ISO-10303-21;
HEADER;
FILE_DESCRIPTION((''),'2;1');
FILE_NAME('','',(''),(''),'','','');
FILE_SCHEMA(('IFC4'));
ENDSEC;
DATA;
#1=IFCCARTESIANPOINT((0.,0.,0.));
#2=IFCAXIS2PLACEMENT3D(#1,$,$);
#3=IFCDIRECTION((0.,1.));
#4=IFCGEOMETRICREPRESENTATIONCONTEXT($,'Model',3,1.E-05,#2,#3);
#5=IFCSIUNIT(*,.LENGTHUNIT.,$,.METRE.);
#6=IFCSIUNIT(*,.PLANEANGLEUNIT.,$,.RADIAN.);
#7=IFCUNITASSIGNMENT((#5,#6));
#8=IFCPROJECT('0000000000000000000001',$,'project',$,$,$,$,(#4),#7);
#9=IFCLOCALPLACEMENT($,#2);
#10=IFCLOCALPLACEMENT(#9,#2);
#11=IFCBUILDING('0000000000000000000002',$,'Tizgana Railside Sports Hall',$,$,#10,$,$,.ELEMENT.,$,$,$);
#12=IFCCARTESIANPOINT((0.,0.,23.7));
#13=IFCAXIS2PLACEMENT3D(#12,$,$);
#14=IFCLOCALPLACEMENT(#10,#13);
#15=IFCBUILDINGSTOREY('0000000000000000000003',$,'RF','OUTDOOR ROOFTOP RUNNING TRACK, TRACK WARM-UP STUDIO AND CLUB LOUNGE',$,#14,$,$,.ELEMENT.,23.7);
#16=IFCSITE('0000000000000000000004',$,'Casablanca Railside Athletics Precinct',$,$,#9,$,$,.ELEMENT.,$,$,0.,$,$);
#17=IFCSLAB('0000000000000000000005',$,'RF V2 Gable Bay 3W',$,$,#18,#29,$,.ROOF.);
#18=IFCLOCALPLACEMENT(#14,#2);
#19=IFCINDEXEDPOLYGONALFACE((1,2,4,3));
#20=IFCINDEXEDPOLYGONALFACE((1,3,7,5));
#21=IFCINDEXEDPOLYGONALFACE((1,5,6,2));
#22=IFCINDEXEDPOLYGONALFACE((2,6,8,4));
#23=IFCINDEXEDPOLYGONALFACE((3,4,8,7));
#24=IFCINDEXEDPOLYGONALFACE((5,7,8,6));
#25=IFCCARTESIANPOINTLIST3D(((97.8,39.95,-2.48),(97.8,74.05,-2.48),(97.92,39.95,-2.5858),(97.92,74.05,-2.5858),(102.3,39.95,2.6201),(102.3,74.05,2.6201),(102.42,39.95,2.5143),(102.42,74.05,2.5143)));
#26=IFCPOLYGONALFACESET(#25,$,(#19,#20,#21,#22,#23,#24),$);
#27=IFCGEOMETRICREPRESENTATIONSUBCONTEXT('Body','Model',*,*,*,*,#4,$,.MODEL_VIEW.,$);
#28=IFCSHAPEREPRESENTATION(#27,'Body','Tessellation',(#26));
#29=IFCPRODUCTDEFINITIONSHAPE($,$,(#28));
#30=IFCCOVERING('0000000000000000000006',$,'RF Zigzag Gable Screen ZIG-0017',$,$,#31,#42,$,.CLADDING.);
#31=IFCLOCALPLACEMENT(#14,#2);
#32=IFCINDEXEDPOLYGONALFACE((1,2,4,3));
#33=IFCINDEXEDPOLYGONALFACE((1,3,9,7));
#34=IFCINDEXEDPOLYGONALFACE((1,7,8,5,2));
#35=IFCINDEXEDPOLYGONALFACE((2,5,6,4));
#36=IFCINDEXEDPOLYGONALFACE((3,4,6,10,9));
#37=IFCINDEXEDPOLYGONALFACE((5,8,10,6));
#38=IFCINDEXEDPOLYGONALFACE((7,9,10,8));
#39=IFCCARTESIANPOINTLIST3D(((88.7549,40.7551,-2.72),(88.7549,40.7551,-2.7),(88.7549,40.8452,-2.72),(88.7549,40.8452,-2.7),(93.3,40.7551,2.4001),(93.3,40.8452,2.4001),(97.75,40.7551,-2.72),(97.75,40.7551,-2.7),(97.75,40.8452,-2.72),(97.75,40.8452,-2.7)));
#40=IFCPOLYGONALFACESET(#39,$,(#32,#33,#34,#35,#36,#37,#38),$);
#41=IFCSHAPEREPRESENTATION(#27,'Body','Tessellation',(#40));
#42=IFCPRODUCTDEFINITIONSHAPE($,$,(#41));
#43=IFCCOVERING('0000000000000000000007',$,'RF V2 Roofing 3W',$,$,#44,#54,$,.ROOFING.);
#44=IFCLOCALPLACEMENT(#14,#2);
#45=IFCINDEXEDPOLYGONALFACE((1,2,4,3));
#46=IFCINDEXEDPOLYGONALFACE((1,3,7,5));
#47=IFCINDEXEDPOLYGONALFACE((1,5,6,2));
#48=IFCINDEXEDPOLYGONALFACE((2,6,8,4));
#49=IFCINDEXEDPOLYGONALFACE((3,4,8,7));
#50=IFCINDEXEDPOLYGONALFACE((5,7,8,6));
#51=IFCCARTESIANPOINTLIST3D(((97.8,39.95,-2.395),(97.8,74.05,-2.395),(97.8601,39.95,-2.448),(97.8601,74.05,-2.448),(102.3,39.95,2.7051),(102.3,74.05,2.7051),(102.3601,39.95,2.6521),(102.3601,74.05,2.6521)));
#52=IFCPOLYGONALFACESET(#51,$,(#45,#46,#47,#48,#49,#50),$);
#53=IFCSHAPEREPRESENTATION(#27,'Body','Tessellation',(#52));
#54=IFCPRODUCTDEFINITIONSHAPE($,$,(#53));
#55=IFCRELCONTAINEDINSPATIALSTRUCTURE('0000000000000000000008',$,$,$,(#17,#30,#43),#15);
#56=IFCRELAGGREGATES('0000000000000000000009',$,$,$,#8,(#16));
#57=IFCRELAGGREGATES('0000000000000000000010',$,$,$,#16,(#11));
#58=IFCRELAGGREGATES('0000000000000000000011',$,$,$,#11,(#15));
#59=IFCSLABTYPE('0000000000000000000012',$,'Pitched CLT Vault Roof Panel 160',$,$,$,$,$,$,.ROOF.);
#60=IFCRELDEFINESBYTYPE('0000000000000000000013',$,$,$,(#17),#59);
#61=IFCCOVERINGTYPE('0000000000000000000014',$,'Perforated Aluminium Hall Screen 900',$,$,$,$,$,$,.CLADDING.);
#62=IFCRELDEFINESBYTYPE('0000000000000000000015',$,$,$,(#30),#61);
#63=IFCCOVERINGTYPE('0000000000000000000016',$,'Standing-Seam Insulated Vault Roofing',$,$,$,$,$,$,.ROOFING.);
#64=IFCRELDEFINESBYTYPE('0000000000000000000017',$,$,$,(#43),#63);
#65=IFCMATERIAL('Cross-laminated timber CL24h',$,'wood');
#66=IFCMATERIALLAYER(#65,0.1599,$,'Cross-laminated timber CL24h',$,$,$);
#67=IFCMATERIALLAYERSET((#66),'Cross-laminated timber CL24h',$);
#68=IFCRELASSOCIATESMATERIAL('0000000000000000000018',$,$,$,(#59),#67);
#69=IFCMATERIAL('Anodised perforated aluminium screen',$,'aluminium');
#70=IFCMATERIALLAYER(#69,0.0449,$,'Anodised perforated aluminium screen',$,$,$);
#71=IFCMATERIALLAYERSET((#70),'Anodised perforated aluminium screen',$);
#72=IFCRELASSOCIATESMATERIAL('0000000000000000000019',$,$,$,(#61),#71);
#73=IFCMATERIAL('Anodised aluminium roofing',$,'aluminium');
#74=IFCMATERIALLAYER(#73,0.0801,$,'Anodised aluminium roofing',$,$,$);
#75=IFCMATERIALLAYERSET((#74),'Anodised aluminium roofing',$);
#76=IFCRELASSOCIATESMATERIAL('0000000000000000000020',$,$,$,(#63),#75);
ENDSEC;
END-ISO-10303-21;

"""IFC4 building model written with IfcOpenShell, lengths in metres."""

from ifc_helpers import new_model, si_unit, direction, frame, origin, place, context, subcontext, project, spatial, polyline, outline, extrude, material, layer, layer_set, type_object, element, save


model = new_model("IFC4")

# Units and contexts
model_context = context("Model", 3, precision=1e-05, world=origin(), true_north=direction((0.0, 1.0)))
body_context = subcontext(model_context, "Body", "Model", "MODEL_VIEW")
ifc_project = project(units=[si_unit("LENGTHUNIT", "METRE"), si_unit("PLANEANGLEUNIT", "RADIAN")], contexts=[model_context])

# Site, building, storey
site_placement = place(None, origin())
site = spatial("IfcSite", under=ifc_project, at=site_placement, Name="Casablanca Railside Athletics Precinct", CompositionType="ELEMENT", RefElevation=0.0)
building_placement = place(site_placement, origin())
building = spatial("IfcBuilding", under=site, at=building_placement, Name="Tizgana Railside Sports Hall", CompositionType="ELEMENT")
storey_placement = place(building_placement, frame((0.0, 0.0, 23.7)))
storey = spatial("IfcBuildingStorey", under=building, at=storey_placement, Name="RF", Description="OUTDOOR ROOFTOP RUNNING TRACK, TRACK WARM-UP STUDIO AND CLUB LOUNGE", CompositionType="ELEMENT", Elevation=23.7)

# Slab
ifc_material_1 = material(Name="Cross-laminated timber CL24h", Category="wood")
ifc_layer_1 = layer(ifc_material_1, 0.1599, Name="Cross-laminated timber CL24h")
ifc_layer_set_1 = layer_set([ifc_layer_1], Name="Cross-laminated timber CL24h")
slab_type = type_object("IfcSlabType", Name="Pitched CLT Vault Roof Panel 160", PredefinedType="ROOF", material=ifc_layer_set_1)
slab_placement = place(storey_placement, frame((97.8, 39.95, -2.48), z_axis=(-0.749844, 0.0, 0.661615), x_axis=(0.661615, 0.0, 0.749844)))
element("IfcSlab", 1, at=slab_placement, inside=storey, type_object=slab_type, Name="RF V2 Gable Bay 3W", PredefinedType="ROOF", context=body_context, shape_type="SweptSolid", body=[
    extrude(outline(polyline([(0.0, 0.0), (6.8015, 0.0), (6.8015, 34.1001), (0.0, 34.1001), (0.0, 0.0)])), origin(), (0.0, 0.0, -1.0), 0.1599),
])

# Coverings
ifc_material_2 = material(Name="Anodised perforated aluminium screen", Category="aluminium")
ifc_layer_2 = layer(ifc_material_2, 0.0449, Name="Anodised perforated aluminium screen")
ifc_layer_set_2 = layer_set([ifc_layer_2], Name="Anodised perforated aluminium screen")
covering_type_1 = type_object("IfcCoveringType", Name="Perforated Aluminium Hall Screen 900", PredefinedType="CLADDING", material=ifc_layer_set_2)
covering_1_placement = place(storey_placement, frame((97.75, 40.8, -2.72), z_axis=(0.0, 0.0, 1.0), x_axis=(-1.0, 0.0, 0.0)))
element("IfcCovering", 2, at=covering_1_placement, inside=storey, type_object=covering_type_1, Name="RF Zigzag Gable Screen ZIG-0017", PredefinedType="CLADDING", context=body_context, shape_type="SweptSolid", body=[
    extrude(outline(polyline([(0.0, 0.0), (8.9951, 0.0), (8.9951, 0.02), (4.45, 5.1201), (0.0, 0.02), (0.0, 0.0)])), frame((0.0, 0.0449, 0.0), z_axis=(0.0, -1.0, 0.0), x_axis=(1.0, 0.0, 0.0)), (0.0, 0.0, 1.0), 0.0901),
])
ifc_material_3 = material(Name="Anodised aluminium roofing", Category="aluminium")
ifc_layer_3 = layer(ifc_material_3, 0.0801, Name="Anodised aluminium roofing")
ifc_layer_set_3 = layer_set([ifc_layer_3], Name="Anodised aluminium roofing")
covering_type_2 = type_object("IfcCoveringType", Name="Standing-Seam Insulated Vault Roofing", PredefinedType="ROOFING", material=ifc_layer_set_3)
covering_2_placement = place(storey_placement, frame((97.8, 39.95, -2.395), z_axis=(-0.749844, 0.0, 0.661615), x_axis=(0.661615, 0.0, 0.749844)))
element("IfcCovering", 3, at=covering_2_placement, inside=storey, type_object=covering_type_2, Name="RF V2 Roofing 3W", PredefinedType="ROOFING", context=body_context, shape_type="SweptSolid", body=[
    extrude(outline(polyline([(0.0, 0.0), (6.8015, 0.0), (6.8015, 34.1001), (0.0, 34.1001), (0.0, 0.0)])), origin(), (0.0, 0.0, -1.0), 0.0801),
])

save(model, "model.ifc")
